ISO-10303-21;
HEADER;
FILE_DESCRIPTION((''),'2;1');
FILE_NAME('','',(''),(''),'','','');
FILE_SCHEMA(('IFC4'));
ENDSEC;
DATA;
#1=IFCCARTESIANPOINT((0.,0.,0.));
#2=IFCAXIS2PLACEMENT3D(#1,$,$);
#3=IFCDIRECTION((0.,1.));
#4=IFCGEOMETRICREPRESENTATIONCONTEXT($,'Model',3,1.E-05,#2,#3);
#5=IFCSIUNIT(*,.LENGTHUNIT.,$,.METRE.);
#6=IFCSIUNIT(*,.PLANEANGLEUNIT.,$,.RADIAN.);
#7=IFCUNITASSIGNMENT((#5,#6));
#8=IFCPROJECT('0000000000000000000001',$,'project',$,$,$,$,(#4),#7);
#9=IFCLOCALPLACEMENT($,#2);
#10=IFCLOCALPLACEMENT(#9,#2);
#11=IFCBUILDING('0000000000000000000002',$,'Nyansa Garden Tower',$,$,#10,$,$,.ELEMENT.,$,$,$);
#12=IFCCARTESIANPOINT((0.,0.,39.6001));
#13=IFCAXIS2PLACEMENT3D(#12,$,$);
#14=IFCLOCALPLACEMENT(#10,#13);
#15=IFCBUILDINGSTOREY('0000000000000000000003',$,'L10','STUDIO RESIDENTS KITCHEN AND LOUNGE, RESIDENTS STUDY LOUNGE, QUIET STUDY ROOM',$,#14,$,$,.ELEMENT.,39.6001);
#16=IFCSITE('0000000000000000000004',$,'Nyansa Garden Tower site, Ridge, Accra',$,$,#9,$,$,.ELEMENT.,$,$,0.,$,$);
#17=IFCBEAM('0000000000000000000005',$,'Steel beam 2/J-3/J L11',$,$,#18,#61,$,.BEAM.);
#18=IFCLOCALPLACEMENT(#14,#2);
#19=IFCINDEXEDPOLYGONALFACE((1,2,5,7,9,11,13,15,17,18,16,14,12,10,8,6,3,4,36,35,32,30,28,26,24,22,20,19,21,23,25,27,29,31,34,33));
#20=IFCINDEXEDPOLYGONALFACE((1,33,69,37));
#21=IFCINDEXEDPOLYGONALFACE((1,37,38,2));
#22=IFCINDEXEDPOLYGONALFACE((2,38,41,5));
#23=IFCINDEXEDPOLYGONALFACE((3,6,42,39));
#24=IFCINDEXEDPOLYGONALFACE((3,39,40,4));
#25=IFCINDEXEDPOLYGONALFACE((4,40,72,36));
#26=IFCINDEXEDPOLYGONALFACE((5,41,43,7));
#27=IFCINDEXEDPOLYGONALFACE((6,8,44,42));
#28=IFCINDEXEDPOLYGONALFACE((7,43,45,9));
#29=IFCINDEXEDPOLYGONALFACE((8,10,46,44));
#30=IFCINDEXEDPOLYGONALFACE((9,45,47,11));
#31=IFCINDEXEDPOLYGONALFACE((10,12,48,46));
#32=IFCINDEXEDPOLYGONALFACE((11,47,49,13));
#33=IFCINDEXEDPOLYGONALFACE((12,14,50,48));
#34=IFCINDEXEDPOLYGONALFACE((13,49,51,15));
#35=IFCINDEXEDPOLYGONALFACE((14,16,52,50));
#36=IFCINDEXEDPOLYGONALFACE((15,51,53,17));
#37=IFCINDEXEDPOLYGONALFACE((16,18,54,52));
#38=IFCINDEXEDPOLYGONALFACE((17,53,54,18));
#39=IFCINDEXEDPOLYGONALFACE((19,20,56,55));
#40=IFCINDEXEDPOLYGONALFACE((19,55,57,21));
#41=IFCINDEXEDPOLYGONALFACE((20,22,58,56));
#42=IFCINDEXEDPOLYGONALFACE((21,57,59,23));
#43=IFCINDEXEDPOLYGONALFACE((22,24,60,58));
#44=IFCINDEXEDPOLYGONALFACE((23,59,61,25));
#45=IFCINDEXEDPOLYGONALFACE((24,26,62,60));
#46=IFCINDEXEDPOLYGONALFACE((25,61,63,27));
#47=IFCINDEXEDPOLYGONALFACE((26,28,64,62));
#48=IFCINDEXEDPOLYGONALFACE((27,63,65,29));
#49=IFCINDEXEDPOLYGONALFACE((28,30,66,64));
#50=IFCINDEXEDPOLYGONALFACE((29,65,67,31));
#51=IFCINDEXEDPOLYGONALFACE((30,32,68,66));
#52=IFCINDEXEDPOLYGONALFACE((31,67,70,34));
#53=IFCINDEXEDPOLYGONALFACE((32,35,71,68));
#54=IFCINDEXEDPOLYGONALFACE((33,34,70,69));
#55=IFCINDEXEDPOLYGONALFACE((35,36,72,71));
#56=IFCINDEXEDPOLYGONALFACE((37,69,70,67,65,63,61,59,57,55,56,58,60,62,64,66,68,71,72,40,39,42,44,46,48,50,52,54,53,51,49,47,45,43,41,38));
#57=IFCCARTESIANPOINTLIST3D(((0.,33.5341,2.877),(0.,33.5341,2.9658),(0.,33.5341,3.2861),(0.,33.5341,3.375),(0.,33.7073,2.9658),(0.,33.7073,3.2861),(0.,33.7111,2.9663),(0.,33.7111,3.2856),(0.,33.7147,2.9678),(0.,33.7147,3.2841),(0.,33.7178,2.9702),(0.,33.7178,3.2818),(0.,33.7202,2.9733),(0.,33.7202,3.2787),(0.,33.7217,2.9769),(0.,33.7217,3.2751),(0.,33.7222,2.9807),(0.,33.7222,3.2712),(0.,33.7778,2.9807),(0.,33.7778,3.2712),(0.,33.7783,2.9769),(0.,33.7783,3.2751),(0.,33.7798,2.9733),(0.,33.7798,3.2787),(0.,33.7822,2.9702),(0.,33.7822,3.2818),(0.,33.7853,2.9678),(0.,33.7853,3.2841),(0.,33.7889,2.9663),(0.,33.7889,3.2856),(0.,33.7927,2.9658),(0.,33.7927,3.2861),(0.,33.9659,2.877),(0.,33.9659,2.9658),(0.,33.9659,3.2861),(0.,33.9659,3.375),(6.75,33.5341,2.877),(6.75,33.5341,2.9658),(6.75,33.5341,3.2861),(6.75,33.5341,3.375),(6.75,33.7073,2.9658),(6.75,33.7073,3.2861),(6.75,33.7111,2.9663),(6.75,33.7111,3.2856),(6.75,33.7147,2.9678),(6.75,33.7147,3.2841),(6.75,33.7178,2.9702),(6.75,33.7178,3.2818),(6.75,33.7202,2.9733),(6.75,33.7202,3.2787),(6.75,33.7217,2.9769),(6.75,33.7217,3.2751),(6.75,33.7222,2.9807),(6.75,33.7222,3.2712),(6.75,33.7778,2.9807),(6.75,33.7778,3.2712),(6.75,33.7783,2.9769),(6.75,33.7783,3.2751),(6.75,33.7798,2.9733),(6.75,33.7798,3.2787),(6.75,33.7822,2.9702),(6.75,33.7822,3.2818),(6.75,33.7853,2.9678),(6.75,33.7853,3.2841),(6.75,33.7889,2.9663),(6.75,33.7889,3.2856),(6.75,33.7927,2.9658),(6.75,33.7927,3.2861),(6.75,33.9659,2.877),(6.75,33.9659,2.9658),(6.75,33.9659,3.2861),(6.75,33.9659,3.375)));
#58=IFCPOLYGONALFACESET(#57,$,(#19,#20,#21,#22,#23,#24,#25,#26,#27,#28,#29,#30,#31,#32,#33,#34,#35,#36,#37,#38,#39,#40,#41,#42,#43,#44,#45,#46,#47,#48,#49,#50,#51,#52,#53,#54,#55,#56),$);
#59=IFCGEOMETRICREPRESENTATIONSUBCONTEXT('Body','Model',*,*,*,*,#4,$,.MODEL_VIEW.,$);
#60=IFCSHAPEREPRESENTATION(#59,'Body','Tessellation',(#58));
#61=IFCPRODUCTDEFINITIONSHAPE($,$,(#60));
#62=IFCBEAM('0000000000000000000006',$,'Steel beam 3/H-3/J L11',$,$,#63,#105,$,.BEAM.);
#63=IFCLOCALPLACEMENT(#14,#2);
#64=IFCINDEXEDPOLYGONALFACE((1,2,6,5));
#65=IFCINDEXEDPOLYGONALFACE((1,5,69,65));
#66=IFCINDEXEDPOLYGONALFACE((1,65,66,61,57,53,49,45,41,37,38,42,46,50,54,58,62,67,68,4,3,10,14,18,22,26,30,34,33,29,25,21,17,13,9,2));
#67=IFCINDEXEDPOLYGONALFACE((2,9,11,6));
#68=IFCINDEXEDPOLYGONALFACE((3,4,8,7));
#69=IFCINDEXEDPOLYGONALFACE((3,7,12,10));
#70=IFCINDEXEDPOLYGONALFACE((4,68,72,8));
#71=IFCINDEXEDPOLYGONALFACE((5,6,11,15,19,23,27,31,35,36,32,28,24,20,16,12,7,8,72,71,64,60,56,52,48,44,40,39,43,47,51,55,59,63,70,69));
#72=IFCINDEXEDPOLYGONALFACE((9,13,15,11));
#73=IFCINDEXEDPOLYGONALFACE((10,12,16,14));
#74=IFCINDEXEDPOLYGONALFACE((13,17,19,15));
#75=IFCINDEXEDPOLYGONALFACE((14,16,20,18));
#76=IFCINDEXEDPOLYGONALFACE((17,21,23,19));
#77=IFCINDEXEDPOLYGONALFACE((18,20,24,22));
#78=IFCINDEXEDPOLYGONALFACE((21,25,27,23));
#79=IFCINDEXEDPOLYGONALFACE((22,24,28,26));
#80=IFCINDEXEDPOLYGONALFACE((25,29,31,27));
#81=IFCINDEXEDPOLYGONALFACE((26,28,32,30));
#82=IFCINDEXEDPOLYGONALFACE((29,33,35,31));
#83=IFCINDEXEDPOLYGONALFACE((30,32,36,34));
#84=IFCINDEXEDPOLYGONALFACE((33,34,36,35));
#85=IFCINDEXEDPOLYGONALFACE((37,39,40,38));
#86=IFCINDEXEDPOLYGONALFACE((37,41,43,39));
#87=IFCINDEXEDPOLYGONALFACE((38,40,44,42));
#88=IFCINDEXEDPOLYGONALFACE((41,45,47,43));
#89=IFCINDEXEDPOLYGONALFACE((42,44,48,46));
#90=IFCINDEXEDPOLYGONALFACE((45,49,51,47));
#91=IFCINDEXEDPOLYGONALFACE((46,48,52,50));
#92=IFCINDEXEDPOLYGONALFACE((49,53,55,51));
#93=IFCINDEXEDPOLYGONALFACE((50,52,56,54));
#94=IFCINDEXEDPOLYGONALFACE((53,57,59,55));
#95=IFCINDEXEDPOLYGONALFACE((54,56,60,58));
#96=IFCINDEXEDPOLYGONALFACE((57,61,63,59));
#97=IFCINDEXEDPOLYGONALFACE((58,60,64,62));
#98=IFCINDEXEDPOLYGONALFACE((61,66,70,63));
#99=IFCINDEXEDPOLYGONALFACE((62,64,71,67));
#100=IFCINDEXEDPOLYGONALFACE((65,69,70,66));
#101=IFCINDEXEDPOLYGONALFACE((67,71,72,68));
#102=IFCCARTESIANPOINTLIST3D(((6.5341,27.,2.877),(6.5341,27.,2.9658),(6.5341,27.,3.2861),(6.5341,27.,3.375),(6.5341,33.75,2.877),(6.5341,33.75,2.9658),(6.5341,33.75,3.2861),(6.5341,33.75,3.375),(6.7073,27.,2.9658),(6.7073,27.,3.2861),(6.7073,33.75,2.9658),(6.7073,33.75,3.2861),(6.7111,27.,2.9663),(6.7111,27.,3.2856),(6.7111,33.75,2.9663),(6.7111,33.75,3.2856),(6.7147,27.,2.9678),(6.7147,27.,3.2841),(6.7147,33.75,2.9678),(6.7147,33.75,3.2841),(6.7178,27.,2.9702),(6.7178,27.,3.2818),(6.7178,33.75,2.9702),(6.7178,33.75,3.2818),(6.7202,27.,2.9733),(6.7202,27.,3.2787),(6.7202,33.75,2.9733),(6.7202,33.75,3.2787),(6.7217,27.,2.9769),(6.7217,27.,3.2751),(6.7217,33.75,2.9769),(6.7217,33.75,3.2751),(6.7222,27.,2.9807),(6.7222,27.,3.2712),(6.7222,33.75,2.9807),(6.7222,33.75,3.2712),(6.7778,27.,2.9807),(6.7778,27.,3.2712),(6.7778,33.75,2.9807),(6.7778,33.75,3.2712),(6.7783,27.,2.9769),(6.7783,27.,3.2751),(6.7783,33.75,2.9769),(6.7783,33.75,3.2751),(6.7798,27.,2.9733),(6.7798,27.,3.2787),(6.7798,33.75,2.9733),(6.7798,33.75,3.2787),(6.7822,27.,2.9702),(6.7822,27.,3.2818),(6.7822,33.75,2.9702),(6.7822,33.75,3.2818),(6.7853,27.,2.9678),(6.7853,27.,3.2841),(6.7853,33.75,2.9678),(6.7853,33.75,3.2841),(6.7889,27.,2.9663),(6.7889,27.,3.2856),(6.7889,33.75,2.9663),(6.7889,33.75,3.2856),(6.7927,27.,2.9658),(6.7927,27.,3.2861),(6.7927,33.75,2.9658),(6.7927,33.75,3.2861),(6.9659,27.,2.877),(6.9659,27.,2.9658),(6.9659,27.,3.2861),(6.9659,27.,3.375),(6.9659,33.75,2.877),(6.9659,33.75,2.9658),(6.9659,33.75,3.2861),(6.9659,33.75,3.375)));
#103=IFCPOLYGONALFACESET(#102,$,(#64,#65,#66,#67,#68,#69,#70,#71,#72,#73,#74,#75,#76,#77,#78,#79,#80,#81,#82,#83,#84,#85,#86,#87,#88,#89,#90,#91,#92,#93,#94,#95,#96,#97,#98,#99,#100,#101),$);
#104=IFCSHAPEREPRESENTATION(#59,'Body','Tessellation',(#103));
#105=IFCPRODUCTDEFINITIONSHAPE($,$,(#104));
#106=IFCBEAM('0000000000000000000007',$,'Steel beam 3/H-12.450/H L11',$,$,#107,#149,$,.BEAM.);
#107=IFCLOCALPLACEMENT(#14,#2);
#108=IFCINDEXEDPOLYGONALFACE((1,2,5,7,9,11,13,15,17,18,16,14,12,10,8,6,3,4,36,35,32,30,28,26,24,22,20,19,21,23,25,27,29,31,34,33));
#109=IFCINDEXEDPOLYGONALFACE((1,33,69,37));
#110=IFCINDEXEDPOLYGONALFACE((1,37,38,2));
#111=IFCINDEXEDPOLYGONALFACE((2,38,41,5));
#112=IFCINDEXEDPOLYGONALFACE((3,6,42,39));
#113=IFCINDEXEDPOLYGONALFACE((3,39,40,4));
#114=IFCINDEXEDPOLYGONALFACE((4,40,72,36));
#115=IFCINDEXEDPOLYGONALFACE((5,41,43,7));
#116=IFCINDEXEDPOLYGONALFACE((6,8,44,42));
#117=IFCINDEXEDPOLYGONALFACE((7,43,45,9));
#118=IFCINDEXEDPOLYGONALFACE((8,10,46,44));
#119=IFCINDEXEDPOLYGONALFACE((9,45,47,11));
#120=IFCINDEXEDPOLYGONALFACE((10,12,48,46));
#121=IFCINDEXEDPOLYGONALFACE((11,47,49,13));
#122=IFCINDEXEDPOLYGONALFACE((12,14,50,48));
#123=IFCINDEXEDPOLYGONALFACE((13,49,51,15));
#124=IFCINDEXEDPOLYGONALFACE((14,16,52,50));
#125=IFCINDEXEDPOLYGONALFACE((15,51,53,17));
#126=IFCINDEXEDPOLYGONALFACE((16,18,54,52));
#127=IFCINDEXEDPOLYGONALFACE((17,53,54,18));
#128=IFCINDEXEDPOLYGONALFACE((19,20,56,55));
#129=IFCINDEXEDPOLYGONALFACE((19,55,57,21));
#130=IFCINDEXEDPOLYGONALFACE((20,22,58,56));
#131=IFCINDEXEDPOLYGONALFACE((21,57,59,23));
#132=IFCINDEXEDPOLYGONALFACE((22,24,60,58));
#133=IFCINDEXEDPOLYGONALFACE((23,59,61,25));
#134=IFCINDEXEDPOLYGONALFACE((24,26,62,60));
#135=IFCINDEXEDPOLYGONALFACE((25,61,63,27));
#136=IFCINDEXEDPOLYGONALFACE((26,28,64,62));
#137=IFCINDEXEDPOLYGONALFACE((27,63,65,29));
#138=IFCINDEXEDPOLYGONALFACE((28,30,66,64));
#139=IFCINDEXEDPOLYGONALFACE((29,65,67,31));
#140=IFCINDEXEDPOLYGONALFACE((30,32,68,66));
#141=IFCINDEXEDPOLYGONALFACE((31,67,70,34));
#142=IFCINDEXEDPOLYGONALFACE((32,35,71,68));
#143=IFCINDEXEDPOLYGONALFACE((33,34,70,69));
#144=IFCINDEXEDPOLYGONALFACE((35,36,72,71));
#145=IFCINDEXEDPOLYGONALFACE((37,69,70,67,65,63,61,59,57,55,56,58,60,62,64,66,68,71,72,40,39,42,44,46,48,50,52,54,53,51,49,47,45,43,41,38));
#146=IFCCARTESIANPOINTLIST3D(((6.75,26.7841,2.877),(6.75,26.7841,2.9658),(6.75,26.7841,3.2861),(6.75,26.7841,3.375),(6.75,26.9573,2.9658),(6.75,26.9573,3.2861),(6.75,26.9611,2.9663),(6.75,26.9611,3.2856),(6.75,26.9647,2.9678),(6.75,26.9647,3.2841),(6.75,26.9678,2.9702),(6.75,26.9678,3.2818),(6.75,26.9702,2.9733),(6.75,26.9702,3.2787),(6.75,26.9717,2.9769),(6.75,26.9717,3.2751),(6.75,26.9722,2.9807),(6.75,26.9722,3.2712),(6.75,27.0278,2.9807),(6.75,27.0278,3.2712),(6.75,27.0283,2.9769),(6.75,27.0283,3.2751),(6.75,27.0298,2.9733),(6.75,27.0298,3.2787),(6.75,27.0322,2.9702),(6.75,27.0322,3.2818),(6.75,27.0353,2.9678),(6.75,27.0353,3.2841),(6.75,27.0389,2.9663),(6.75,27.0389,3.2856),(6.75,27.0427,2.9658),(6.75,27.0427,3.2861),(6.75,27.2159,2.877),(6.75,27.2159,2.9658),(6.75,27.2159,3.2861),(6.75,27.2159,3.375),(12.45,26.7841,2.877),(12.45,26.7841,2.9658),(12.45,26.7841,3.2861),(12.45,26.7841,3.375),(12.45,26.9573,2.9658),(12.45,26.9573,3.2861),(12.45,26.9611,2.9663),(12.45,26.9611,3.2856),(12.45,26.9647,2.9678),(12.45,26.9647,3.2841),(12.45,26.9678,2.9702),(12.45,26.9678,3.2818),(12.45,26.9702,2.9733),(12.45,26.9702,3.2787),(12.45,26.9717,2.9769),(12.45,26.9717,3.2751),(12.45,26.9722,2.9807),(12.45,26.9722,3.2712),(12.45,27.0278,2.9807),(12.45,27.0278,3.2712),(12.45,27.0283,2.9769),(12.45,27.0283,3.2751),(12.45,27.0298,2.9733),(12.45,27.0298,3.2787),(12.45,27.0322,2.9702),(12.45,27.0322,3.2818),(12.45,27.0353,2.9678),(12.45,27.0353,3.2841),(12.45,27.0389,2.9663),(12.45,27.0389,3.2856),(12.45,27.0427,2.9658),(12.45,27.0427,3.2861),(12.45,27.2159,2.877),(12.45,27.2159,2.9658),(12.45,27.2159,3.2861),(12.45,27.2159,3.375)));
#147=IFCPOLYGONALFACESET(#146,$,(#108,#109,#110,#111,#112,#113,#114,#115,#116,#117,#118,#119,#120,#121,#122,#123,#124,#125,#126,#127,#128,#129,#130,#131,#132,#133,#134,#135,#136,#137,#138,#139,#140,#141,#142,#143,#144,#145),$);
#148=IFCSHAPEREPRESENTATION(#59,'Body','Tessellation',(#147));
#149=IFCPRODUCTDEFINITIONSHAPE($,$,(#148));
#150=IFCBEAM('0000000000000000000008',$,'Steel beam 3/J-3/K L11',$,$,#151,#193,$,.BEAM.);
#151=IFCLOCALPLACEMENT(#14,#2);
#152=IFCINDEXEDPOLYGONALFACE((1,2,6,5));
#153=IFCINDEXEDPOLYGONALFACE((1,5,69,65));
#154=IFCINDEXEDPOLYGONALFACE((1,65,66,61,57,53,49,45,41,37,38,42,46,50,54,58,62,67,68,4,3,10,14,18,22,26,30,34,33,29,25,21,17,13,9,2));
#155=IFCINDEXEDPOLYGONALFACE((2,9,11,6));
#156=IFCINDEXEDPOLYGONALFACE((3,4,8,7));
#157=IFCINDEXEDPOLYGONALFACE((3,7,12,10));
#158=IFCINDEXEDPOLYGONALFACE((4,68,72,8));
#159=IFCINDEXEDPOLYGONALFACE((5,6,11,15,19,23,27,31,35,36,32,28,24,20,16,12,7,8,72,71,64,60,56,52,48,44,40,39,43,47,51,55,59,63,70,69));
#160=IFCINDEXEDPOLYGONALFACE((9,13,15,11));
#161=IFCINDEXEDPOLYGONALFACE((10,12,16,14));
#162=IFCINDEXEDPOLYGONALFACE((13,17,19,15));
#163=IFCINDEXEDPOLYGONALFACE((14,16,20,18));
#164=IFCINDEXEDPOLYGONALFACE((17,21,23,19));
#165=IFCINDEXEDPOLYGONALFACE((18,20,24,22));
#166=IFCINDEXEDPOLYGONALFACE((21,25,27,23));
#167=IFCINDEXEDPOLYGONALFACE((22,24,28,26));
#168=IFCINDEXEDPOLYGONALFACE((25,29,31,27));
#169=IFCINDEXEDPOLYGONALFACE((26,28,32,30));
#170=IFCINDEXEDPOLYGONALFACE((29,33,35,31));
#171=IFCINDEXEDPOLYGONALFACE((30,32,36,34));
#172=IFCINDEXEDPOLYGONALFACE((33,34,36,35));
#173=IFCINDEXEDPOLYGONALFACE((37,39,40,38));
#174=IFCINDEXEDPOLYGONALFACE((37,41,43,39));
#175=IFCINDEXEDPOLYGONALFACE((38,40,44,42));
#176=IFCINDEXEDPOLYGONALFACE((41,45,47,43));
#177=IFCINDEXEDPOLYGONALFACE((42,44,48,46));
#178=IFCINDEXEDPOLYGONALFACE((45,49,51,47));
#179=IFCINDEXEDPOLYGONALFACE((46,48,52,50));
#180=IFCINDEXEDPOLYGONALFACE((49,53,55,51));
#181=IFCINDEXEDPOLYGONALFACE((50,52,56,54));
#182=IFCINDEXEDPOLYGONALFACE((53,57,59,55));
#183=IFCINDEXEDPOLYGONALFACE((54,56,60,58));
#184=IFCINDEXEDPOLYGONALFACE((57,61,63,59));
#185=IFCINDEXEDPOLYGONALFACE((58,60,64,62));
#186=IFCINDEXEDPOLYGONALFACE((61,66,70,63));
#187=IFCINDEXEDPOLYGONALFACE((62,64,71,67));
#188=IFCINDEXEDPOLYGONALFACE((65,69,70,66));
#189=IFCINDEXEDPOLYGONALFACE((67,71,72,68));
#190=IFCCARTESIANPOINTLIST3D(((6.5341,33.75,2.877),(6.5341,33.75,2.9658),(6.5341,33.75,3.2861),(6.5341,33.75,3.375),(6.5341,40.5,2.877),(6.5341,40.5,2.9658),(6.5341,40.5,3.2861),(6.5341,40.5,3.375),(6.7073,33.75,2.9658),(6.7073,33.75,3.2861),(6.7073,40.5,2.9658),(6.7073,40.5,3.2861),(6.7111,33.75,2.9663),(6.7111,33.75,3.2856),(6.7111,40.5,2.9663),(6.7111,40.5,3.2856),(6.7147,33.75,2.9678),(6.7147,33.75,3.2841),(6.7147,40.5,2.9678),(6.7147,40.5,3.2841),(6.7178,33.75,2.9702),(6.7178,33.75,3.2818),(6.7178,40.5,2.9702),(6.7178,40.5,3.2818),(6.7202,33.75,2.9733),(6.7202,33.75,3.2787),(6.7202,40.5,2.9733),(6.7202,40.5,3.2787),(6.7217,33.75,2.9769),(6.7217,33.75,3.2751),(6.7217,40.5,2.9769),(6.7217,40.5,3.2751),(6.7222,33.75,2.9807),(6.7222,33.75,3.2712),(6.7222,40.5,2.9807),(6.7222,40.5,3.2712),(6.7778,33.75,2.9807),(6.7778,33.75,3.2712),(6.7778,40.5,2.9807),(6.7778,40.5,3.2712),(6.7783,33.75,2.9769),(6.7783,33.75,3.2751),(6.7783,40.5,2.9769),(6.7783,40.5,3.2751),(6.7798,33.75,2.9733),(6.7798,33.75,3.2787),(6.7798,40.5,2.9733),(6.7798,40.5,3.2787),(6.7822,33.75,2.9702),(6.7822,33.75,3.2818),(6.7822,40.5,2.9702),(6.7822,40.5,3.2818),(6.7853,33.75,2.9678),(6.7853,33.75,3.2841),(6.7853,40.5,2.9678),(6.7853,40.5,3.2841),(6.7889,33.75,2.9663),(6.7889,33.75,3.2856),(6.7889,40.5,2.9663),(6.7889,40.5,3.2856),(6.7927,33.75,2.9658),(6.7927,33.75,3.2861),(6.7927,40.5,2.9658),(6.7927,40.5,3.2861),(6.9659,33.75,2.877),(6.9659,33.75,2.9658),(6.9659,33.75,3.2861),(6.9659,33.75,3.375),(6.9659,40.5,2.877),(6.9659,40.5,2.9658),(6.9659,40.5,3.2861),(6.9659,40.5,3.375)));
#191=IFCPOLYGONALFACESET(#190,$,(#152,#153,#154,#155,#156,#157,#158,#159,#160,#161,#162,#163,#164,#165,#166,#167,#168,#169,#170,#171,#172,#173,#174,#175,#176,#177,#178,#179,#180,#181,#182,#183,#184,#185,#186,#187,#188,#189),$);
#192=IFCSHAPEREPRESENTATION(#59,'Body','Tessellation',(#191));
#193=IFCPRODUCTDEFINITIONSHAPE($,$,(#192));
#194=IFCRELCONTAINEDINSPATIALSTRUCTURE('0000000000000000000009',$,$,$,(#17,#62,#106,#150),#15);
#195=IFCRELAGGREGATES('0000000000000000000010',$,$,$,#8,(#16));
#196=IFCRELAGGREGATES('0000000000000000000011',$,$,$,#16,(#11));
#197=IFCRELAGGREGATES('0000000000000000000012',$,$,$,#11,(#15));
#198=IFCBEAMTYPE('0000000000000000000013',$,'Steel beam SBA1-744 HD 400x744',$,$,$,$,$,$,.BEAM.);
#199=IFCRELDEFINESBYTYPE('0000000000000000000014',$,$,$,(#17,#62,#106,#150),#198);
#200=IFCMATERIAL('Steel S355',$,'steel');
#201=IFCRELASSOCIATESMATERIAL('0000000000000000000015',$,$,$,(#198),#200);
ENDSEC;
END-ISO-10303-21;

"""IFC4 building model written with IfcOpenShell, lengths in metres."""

from ifc_helpers import new_model, si_unit, direction, frame, origin, origin_2d, place, context, subcontext, project, spatial, i_section, extrude, material, material_profile, profile_set, type_object, element, save


model = new_model("IFC4")

# Units and contexts
model_context = context("Model", 3, precision=1e-05, world=origin(), true_north=direction((0.0, 1.0)))
body_context = subcontext(model_context, "Body", "Model", "MODEL_VIEW")
ifc_project = project(units=[si_unit("LENGTHUNIT", "METRE"), si_unit("PLANEANGLEUNIT", "RADIAN")], contexts=[model_context])

# Site, building, storey
site_placement = place(None, origin())
site = spatial("IfcSite", under=ifc_project, at=site_placement, Name="Nyansa Garden Tower site, Ridge, Accra", CompositionType="ELEMENT", RefElevation=0.0)
building_placement = place(site_placement, origin())
building = spatial("IfcBuilding", under=site, at=building_placement, Name="Nyansa Garden Tower", CompositionType="ELEMENT")
storey_placement = place(building_placement, frame((0.0, 0.0, 39.6001)))
storey = spatial("IfcBuildingStorey", under=building, at=storey_placement, Name="L10", Description="STUDIO RESIDENTS KITCHEN AND LOUNGE, RESIDENTS STUDY LOUNGE, QUIET STUDY ROOM", CompositionType="ELEMENT", Elevation=39.6001)

# Beams
ifc_material_1 = material(Name="Steel S355", Category="steel")
ifc_material_profile_1 = material_profile(ifc_material_1, i_section(OverallWidth=0.4319, OverallDepth=0.498, WebThickness=0.0557, FlangeThickness=0.0889, FilletRadius=0.0149, at=origin_2d()), Name="HD 400x744")
ifc_profile_set_1 = profile_set([ifc_material_profile_1], Name="Steel S355")
beam_type_1 = type_object("IfcBeamType", Name="Steel beam SBA1-744 HD 400x744", PredefinedType="BEAM", material=ifc_profile_set_1)
for number, where, z_axis, x_axis, name in (
    (1, (0.0, 33.75, 3.126), (1.0, 0.0, 0.0), (0.0, 1.0, 0.0), "Steel beam 2/J-3/J L11"),
    (2, (6.75, 27.0, 3.126), (0.0, 1.0, 0.0), (-1.0, 0.0, 0.0), "Steel beam 3/H-3/J L11"),
):
    element("IfcBeam", number, at=place(storey_placement, frame(where, z_axis=z_axis, x_axis=x_axis)), inside=storey, type_object=beam_type_1, Name=name, PredefinedType="BEAM", context=body_context, shape_type="SweptSolid", body=[
        extrude(i_section(OverallWidth=0.4319, OverallDepth=0.498, WebThickness=0.0557, FlangeThickness=0.0889, FilletRadius=0.0149, at=origin_2d()), origin(), (0.0, 0.0, 1.0), 6.75),
    ])
beam_1_placement = place(storey_placement, frame((6.75, 27.0, 3.126), z_axis=(1.0, 0.0, 0.0), x_axis=(0.0, 1.0, 0.0)))
element("IfcBeam", 3, at=beam_1_placement, inside=storey, type_object=beam_type_1, Name="Steel beam 3/H-12.450/H L11", PredefinedType="BEAM", context=body_context, shape_type="SweptSolid", body=[
    extrude(i_section(OverallWidth=0.4319, OverallDepth=0.498, WebThickness=0.0557, FlangeThickness=0.0889, FilletRadius=0.0149, at=origin_2d()), origin(), (0.0, 0.0, 1.0), 5.7),
])
beam_2_placement = place(storey_placement, frame((6.75, 33.75, 3.126), z_axis=(0.0, 1.0, 0.0), x_axis=(-1.0, 0.0, 0.0)))
element("IfcBeam", 4, at=beam_2_placement, inside=storey, type_object=beam_type_1, Name="Steel beam 3/J-3/K L11", PredefinedType="BEAM", context=body_context, shape_type="SweptSolid", body=[
    extrude(i_section(OverallWidth=0.4319, OverallDepth=0.498, WebThickness=0.0557, FlangeThickness=0.0889, FilletRadius=0.0149, at=origin_2d()), origin(), (0.0, 0.0, 1.0), 6.75),
])

save(model, "model.ifc")
